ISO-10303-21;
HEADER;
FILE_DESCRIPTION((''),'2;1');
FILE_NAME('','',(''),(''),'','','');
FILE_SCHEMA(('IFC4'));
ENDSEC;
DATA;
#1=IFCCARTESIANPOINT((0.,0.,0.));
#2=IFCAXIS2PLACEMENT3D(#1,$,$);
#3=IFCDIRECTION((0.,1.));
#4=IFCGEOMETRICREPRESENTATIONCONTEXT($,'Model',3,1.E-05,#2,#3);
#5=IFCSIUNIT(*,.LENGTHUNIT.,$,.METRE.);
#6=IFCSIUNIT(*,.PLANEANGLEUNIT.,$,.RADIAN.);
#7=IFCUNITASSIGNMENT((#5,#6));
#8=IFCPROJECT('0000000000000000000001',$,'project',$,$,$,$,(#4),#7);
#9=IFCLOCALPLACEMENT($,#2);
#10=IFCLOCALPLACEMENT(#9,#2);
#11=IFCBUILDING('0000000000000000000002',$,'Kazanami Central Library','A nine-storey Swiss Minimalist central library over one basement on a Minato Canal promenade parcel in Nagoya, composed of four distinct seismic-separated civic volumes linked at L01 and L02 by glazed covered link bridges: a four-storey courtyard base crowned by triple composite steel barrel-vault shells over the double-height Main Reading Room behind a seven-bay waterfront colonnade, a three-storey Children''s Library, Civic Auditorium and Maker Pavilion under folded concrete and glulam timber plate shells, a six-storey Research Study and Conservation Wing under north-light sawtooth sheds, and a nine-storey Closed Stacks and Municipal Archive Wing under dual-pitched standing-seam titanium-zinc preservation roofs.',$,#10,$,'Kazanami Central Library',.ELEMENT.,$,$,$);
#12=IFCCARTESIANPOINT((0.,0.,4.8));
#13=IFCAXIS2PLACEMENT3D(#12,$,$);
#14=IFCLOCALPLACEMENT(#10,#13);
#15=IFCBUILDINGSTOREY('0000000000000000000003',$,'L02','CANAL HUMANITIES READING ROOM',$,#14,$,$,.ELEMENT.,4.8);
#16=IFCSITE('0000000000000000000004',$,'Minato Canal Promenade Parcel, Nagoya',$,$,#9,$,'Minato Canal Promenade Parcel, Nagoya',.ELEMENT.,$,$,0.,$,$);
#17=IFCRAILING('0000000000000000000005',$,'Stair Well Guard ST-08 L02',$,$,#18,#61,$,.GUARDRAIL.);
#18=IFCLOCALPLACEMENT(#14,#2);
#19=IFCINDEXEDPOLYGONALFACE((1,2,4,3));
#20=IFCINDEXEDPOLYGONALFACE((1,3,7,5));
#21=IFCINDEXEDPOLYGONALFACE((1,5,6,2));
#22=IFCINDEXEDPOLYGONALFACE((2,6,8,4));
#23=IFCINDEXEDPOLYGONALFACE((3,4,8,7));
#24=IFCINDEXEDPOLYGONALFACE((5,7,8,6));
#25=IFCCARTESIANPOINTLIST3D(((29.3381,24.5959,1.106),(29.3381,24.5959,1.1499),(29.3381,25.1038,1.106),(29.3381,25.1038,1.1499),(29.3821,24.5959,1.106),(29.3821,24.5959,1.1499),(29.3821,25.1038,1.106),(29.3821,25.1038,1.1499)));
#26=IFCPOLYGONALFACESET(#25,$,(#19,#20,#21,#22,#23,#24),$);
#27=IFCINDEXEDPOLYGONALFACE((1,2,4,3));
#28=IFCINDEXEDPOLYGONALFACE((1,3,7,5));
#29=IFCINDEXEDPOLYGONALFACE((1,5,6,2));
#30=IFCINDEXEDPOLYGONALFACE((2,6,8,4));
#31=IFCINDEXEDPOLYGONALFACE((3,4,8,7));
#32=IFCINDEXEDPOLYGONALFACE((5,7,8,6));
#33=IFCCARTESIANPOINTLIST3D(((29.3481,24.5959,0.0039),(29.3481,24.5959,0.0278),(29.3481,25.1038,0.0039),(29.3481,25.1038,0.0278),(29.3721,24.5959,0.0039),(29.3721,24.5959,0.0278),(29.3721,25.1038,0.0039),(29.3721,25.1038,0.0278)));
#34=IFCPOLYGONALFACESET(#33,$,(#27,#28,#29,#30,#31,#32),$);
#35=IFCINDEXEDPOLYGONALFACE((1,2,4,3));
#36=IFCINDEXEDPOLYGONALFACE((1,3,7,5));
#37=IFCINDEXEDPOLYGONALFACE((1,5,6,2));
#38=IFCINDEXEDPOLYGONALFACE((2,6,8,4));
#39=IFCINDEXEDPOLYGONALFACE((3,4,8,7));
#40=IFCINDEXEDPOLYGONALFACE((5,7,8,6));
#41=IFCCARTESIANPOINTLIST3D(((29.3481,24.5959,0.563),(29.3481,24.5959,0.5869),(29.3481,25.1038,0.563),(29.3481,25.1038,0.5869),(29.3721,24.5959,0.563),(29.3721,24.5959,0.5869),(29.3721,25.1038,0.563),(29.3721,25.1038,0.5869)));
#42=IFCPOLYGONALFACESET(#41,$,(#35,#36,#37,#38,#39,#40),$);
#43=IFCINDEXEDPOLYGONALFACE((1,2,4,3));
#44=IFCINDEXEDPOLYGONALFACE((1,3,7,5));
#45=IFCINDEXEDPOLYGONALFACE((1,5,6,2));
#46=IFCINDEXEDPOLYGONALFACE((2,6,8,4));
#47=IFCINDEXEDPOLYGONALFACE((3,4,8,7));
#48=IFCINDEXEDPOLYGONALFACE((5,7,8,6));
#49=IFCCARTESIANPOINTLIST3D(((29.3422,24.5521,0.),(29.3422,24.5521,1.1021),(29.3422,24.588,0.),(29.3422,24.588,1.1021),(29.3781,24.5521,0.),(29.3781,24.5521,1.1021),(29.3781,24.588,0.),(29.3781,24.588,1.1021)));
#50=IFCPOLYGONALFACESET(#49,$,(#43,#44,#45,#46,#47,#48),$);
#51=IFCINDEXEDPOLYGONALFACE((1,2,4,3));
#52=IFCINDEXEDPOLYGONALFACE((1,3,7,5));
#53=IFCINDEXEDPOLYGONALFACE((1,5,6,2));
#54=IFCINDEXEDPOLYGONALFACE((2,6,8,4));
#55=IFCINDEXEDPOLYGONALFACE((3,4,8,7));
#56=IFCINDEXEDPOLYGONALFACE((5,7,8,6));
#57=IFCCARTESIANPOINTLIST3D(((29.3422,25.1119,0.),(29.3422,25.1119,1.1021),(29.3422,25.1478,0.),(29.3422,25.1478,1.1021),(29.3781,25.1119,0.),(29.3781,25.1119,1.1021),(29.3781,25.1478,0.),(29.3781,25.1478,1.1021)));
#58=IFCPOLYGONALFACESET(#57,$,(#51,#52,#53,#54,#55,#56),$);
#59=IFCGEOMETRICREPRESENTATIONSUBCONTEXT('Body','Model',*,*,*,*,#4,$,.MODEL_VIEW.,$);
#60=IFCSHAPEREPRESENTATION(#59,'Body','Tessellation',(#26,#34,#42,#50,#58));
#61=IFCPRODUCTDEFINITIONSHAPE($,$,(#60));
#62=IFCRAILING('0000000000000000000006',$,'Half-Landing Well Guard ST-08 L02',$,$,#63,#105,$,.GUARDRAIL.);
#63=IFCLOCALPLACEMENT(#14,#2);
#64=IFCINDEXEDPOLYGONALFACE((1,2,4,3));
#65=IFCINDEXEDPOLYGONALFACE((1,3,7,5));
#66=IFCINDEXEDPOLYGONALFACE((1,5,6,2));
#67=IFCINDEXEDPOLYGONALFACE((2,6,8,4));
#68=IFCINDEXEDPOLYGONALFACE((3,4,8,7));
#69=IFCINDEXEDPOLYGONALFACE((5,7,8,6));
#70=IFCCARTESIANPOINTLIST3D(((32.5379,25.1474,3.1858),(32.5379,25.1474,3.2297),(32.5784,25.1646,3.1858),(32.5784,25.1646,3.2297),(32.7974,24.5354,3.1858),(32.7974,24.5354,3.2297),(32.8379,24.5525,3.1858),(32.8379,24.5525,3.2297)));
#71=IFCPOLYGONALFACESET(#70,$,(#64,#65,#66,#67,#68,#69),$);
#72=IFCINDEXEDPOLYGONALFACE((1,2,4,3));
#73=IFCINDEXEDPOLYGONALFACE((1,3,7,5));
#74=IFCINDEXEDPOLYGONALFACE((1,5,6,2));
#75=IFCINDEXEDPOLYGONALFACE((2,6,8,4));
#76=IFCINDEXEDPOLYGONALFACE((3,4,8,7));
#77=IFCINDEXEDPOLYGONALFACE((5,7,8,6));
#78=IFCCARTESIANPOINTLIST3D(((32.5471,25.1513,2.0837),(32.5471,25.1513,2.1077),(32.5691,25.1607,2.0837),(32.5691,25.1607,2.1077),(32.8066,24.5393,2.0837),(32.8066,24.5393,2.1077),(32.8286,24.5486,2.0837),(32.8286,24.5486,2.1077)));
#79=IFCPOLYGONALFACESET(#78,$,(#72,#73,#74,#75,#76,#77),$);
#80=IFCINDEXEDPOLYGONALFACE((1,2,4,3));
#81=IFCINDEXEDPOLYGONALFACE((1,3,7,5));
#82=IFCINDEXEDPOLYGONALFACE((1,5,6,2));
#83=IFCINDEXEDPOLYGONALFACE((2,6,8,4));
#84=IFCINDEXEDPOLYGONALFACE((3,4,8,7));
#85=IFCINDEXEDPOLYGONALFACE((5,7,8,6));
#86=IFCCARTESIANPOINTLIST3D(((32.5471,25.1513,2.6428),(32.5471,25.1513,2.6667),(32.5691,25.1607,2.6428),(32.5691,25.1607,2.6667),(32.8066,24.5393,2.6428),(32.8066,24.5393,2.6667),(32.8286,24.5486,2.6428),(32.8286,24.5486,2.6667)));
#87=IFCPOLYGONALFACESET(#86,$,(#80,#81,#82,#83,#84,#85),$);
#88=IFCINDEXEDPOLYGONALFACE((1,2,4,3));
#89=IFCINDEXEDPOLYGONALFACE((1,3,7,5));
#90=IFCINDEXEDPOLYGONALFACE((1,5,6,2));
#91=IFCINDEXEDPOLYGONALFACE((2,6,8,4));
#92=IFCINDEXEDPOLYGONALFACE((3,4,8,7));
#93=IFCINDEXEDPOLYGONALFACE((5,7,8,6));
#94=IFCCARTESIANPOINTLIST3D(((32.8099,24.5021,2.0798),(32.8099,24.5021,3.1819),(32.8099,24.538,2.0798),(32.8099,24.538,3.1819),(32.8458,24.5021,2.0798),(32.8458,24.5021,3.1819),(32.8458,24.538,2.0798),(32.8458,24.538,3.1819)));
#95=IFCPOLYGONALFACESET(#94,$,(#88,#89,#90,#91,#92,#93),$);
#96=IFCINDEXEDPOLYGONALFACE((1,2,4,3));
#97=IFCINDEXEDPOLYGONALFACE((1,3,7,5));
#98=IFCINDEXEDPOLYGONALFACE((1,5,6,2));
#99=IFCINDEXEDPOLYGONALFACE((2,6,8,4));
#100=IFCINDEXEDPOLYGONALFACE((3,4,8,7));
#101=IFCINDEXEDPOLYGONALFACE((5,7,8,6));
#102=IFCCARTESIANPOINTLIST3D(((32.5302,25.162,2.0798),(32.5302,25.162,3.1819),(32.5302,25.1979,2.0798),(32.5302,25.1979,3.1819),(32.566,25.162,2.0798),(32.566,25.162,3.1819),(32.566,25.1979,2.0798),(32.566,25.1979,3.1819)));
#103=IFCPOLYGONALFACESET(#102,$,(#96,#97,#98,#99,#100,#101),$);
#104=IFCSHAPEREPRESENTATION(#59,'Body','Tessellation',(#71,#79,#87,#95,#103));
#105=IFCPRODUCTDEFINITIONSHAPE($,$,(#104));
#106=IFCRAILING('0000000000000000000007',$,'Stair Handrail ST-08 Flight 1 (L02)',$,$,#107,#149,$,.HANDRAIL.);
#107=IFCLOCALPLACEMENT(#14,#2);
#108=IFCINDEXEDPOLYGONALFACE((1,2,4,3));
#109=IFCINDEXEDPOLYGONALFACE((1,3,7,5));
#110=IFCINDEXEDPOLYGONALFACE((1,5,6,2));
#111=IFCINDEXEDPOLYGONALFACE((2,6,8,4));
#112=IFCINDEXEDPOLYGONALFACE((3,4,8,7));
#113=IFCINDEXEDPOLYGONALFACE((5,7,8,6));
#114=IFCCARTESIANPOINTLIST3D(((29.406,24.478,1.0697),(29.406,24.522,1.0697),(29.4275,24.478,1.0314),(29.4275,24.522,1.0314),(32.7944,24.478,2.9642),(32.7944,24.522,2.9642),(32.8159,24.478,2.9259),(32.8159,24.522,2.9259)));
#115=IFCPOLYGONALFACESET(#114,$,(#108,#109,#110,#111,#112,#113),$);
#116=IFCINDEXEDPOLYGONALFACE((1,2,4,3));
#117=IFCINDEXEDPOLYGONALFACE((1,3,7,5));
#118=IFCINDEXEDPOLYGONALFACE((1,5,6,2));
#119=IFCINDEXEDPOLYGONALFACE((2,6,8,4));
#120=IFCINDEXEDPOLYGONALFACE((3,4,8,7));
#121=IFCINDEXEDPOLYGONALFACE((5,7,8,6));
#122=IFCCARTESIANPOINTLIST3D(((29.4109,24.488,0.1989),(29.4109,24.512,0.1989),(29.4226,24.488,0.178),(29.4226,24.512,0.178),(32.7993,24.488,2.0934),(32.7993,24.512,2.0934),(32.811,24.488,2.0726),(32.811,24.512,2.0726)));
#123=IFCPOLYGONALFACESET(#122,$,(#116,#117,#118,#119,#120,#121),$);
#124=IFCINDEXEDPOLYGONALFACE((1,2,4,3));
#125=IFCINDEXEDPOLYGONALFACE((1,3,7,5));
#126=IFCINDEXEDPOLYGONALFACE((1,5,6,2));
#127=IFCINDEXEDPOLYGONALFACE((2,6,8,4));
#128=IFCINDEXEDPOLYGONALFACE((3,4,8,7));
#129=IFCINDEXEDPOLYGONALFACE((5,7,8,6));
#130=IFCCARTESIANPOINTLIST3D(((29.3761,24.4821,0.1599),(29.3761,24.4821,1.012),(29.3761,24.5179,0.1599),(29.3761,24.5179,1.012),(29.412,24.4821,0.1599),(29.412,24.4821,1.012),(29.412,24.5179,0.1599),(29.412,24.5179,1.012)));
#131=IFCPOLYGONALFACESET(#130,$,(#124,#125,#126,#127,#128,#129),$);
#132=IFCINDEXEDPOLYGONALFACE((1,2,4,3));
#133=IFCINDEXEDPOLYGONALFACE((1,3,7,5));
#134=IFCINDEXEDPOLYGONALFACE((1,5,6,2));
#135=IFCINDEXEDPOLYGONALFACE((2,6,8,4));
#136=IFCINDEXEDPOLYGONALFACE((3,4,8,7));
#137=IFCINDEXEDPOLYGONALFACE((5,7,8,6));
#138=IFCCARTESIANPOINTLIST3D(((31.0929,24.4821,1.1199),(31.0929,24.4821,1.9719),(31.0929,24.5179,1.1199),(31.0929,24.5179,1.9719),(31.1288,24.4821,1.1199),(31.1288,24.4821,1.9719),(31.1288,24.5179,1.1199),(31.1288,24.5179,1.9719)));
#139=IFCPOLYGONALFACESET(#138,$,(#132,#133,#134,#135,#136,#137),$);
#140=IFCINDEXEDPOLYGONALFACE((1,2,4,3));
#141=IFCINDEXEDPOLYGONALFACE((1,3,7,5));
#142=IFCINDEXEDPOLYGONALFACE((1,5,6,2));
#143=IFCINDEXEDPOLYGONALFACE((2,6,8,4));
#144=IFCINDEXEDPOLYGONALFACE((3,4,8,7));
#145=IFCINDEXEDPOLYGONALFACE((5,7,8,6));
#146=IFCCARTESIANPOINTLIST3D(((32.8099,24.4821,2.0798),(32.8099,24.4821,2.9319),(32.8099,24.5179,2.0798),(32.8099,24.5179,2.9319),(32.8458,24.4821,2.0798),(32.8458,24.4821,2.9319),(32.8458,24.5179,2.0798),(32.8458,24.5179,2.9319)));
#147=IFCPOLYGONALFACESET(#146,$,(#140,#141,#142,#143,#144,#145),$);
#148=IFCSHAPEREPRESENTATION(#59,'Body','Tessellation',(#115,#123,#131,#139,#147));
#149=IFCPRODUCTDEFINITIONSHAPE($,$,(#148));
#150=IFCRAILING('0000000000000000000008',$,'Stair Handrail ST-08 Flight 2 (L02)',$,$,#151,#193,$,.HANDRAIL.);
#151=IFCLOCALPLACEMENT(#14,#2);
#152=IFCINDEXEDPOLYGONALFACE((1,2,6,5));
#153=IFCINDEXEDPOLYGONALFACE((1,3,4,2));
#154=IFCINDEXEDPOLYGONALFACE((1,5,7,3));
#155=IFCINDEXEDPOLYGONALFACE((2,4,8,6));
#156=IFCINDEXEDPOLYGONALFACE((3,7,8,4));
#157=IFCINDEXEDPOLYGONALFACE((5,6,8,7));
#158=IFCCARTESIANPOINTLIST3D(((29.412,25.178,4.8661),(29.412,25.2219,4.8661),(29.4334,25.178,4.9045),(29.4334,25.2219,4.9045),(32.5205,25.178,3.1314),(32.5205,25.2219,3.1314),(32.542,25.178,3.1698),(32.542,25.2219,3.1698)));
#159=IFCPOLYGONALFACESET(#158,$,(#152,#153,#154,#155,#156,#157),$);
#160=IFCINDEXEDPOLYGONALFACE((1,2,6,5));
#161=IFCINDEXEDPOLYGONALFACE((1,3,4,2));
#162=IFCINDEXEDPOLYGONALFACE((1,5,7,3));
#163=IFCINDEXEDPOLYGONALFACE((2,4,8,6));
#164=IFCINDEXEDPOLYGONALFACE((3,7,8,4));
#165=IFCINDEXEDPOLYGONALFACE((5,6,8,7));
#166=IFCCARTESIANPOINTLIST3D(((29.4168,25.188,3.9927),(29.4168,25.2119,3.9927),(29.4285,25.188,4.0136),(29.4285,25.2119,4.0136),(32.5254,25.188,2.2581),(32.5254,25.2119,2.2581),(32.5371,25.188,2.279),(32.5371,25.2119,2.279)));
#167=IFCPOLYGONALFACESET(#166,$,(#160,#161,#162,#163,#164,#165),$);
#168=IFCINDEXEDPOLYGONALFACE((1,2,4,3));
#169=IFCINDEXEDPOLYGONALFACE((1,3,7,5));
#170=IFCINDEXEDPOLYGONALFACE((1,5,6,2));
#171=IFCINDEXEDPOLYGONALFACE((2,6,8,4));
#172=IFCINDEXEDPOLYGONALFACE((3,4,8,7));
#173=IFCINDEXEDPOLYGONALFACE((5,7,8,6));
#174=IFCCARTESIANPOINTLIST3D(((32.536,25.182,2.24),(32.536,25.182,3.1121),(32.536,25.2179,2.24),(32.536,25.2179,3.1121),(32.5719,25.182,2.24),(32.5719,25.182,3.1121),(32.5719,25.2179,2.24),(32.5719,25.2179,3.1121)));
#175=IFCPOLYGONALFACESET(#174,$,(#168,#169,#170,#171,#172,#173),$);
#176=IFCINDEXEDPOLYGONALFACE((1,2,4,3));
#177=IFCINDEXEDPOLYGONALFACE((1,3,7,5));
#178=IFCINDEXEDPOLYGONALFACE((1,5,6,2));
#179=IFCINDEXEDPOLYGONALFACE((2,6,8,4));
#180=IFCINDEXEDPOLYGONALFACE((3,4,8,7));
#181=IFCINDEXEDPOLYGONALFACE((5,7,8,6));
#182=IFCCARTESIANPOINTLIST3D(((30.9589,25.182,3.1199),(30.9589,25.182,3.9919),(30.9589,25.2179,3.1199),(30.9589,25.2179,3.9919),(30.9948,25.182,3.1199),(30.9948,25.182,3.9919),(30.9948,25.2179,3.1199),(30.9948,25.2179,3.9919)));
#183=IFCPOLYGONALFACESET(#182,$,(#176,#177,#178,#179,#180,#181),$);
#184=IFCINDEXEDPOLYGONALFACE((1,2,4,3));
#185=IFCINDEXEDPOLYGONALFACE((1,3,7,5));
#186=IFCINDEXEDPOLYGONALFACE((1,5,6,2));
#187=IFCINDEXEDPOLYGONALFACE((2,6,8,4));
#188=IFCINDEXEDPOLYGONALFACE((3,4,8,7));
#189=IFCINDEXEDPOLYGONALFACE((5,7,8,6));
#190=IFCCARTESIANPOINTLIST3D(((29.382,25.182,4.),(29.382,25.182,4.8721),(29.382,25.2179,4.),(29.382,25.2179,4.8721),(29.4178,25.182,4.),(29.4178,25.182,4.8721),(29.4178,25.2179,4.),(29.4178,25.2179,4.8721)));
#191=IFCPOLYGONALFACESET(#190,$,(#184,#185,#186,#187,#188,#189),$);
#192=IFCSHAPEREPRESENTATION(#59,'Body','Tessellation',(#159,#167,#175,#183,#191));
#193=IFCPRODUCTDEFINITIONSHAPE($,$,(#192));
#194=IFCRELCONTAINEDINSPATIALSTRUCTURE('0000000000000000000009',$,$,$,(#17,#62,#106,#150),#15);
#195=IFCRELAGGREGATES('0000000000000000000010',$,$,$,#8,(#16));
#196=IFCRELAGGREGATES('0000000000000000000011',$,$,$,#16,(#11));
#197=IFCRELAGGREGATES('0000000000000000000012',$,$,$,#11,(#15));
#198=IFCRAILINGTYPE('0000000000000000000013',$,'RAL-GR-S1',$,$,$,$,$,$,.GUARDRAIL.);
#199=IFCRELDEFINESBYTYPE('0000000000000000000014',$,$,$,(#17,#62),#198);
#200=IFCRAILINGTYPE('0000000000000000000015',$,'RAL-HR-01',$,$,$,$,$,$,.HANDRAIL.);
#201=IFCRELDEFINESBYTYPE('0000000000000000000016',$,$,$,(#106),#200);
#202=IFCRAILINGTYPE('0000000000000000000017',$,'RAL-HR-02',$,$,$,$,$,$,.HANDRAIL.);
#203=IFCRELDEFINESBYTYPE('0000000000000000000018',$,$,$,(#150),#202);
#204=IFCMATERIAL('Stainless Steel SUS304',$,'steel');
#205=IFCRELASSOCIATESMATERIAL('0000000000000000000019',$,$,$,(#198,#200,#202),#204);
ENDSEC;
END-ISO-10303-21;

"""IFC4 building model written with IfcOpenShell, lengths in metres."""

from ifc_helpers import new_model, si_unit, direction, frame, origin, origin_2d, place, context, subcontext, project, spatial, rectangle, extrude, material, type_object, element, save


model = new_model("IFC4")

# Units and contexts
model_context = context("Model", 3, precision=1e-05, world=origin(), true_north=direction((0.0, 1.0)))
body_context = subcontext(model_context, "Body", "Model", "MODEL_VIEW")
ifc_project = project(units=[si_unit("LENGTHUNIT", "METRE"), si_unit("PLANEANGLEUNIT", "RADIAN")], contexts=[model_context])

# Site, building, storey
site_placement = place(None, origin())
site = spatial("IfcSite", under=ifc_project, at=site_placement, Name="Minato Canal Promenade Parcel, Nagoya", LongName="Minato Canal Promenade Parcel, Nagoya", CompositionType="ELEMENT", RefElevation=0.0)
building_placement = place(site_placement, origin())
building = spatial("IfcBuilding", under=site, at=building_placement, Name="Kazanami Central Library", Description="A nine-storey Swiss Minimalist central library over one basement on a Minato Canal promenade parcel in Nagoya, composed of four distinct seismic-separated civic volumes linked at L01 and L02 by glazed covered link bridges: a four-storey courtyard base crowned by triple composite steel barrel-vault shells over the double-height Main Reading Room behind a seven-bay waterfront colonnade, a three-storey Children's Library, Civic Auditorium and Maker Pavilion under folded concrete and glulam timber plate shells, a six-storey Research Study and Conservation Wing under north-light sawtooth sheds, and a nine-storey Closed Stacks and Municipal Archive Wing under dual-pitched standing-seam titanium-zinc preservation roofs.", LongName="Kazanami Central Library", CompositionType="ELEMENT")
storey_placement = place(building_placement, frame((0.0, 0.0, 4.8)))
storey = spatial("IfcBuildingStorey", under=building, at=storey_placement, Name="L02", Description="CANAL HUMANITIES READING ROOM", CompositionType="ELEMENT", Elevation=4.8)

# Railings
ifc_material_1 = material(Name="Stainless Steel SUS304", Category="steel")
railing_type_1 = type_object("IfcRailingType", Name="RAL-GR-S1", PredefinedType="GUARDRAIL", material=ifc_material_1)
railing_1_placement = place(storey_placement, frame((29.3601, 24.5701, 0.0)))
element("IfcRailing", 1, at=railing_1_placement, inside=storey, type_object=railing_type_1, Name="Stair Well Guard ST-08 L02", PredefinedType="GUARDRAIL", context=body_context, shape_type="SweptSolid", body=[
    extrude(rectangle(XDim=0.0439, YDim=0.0439, at=origin_2d()), frame((0.0, 0.0259, 1.1279), z_axis=(0.0, 1.0, 0.0), x_axis=(-1.0, 0.0, 0.0)), (0.0, 0.0, 1.0), 0.5078),
    extrude(rectangle(XDim=0.0239, YDim=0.0239, at=origin_2d()), frame((0.0, 0.0259, 0.0159), z_axis=(0.0, 1.0, 0.0), x_axis=(-1.0, 0.0, 0.0)), (0.0, 0.0, 1.0), 0.5078),
    extrude(rectangle(XDim=0.0239, YDim=0.0239, at=origin_2d()), frame((0.0, 0.0259, 0.575), z_axis=(0.0, 1.0, 0.0), x_axis=(-1.0, 0.0, 0.0)), (0.0, 0.0, 1.0), 0.5078),
    extrude(rectangle(XDim=0.0359, YDim=0.0359, at=origin_2d()), origin(), (0.0, 0.0, 1.0), 1.1021),
    extrude(rectangle(XDim=0.0359, YDim=0.0359, at=origin_2d()), frame((0.0, 0.5598, 0.0)), (0.0, 0.0, 1.0), 1.1021),
])
railing_2_placement = place(storey_placement, frame((32.8279, 24.52, 2.0798)))
element("IfcRailing", 2, at=railing_2_placement, inside=storey, type_object=railing_type_1, Name="Half-Landing Well Guard ST-08 L02", PredefinedType="GUARDRAIL", context=body_context, shape_type="SweptSolid", body=[
    extrude(rectangle(XDim=0.0439, YDim=0.0439, at=origin_2d()), frame((-0.0103, 0.0239, 1.1279), z_axis=(-0.39034, 0.920671, 0.0), x_axis=(-0.920671, -0.39034, 0.0)), (0.0, 0.0, 1.0), 0.6648),
    extrude(rectangle(XDim=0.0239, YDim=0.0239, at=origin_2d()), frame((-0.0103, 0.0239, 0.0159), z_axis=(-0.39034, 0.920671, 0.0), x_axis=(-0.920671, -0.39034, 0.0)), (0.0, 0.0, 1.0), 0.6648),
    extrude(rectangle(XDim=0.0239, YDim=0.0239, at=origin_2d()), frame((-0.0103, 0.0239, 0.575), z_axis=(-0.39034, 0.920671, 0.0), x_axis=(-0.920671, -0.39034, 0.0)), (0.0, 0.0, 1.0), 0.6648),
    extrude(rectangle(XDim=0.0359, YDim=0.0359, at=origin_2d()), origin(), (0.0, 0.0, 1.0), 1.1021),
    extrude(rectangle(XDim=0.0359, YDim=0.0359, at=origin_2d()), frame((-0.2798, 0.6599, 0.0)), (0.0, 0.0, 1.0), 1.1021),
])
railing_type_2 = type_object("IfcRailingType", Name="RAL-HR-01", PredefinedType="HANDRAIL", material=ifc_material_1)
railing_3_placement = place(storey_placement, frame((29.394, 24.5, 0.1599)))
element("IfcRailing", 3, at=railing_3_placement, inside=storey, type_object=railing_type_2, Name="Stair Handrail ST-08 Flight 1 (L02)", PredefinedType="HANDRAIL", context=body_context, shape_type="SweptSolid", body=[
    extrude(rectangle(XDim=0.0439, YDim=0.0439, at=origin_2d()), frame((0.0227, 0.0, 0.8906), z_axis=(0.872834, 0.0, 0.488017), x_axis=(0.0, 1.0, 0.0)), (0.0, 0.0, 1.0), 3.8821),
    extrude(rectangle(XDim=0.0239, YDim=0.0239, at=origin_2d()), frame((0.0227, 0.0, 0.0286), z_axis=(0.872834, 0.0, 0.488017), x_axis=(0.0, 1.0, 0.0)), (0.0, 0.0, 1.0), 3.8821),
    extrude(rectangle(XDim=0.0359, YDim=0.0359, at=origin_2d()), origin(), (0.0, 0.0, 1.0), 0.8521),
    extrude(rectangle(XDim=0.0359, YDim=0.0359, at=origin_2d()), frame((1.7168, 0.0, 0.96)), (0.0, 0.0, 1.0), 0.8521),
    extrude(rectangle(XDim=0.0359, YDim=0.0359, at=origin_2d()), frame((3.4338, 0.0, 1.9199)), (0.0, 0.0, 1.0), 0.8521),
])
railing_type_3 = type_object("IfcRailingType", Name="RAL-HR-02", PredefinedType="HANDRAIL", material=ifc_material_1)
railing_4_placement = place(storey_placement, frame((32.554, 25.2, 2.24)))
element("IfcRailing", 4, at=railing_4_placement, inside=storey, type_object=railing_type_3, Name="Stair Handrail ST-08 Flight 2 (L02)", PredefinedType="HANDRAIL", context=body_context, shape_type="SweptSolid", body=[
    extrude(rectangle(XDim=0.0439, YDim=0.0439, at=origin_2d()), frame((-0.0227, 0.0, 0.9106), z_axis=(-0.873244, 0.0, 0.487283), x_axis=(0.0, -1.0, 0.0)), (0.0, 0.0, 1.0), 3.5598),
    extrude(rectangle(XDim=0.0239, YDim=0.0239, at=origin_2d()), frame((-0.0227, 0.0, 0.0286), z_axis=(-0.873244, 0.0, 0.487283), x_axis=(0.0, -1.0, 0.0)), (0.0, 0.0, 1.0), 3.5598),
    extrude(rectangle(XDim=0.0359, YDim=0.0359, at=origin_2d()), origin(), (0.0, 0.0, 1.0), 0.8721),
    extrude(rectangle(XDim=0.0359, YDim=0.0359, at=origin_2d()), frame((-1.5771, 0.0, 0.8799)), (0.0, 0.0, 1.0), 0.8721),
    extrude(rectangle(XDim=0.0359, YDim=0.0359, at=origin_2d()), frame((-3.1541, 0.0, 1.76)), (0.0, 0.0, 1.0), 0.8721),
])

save(model, "model.ifc")
